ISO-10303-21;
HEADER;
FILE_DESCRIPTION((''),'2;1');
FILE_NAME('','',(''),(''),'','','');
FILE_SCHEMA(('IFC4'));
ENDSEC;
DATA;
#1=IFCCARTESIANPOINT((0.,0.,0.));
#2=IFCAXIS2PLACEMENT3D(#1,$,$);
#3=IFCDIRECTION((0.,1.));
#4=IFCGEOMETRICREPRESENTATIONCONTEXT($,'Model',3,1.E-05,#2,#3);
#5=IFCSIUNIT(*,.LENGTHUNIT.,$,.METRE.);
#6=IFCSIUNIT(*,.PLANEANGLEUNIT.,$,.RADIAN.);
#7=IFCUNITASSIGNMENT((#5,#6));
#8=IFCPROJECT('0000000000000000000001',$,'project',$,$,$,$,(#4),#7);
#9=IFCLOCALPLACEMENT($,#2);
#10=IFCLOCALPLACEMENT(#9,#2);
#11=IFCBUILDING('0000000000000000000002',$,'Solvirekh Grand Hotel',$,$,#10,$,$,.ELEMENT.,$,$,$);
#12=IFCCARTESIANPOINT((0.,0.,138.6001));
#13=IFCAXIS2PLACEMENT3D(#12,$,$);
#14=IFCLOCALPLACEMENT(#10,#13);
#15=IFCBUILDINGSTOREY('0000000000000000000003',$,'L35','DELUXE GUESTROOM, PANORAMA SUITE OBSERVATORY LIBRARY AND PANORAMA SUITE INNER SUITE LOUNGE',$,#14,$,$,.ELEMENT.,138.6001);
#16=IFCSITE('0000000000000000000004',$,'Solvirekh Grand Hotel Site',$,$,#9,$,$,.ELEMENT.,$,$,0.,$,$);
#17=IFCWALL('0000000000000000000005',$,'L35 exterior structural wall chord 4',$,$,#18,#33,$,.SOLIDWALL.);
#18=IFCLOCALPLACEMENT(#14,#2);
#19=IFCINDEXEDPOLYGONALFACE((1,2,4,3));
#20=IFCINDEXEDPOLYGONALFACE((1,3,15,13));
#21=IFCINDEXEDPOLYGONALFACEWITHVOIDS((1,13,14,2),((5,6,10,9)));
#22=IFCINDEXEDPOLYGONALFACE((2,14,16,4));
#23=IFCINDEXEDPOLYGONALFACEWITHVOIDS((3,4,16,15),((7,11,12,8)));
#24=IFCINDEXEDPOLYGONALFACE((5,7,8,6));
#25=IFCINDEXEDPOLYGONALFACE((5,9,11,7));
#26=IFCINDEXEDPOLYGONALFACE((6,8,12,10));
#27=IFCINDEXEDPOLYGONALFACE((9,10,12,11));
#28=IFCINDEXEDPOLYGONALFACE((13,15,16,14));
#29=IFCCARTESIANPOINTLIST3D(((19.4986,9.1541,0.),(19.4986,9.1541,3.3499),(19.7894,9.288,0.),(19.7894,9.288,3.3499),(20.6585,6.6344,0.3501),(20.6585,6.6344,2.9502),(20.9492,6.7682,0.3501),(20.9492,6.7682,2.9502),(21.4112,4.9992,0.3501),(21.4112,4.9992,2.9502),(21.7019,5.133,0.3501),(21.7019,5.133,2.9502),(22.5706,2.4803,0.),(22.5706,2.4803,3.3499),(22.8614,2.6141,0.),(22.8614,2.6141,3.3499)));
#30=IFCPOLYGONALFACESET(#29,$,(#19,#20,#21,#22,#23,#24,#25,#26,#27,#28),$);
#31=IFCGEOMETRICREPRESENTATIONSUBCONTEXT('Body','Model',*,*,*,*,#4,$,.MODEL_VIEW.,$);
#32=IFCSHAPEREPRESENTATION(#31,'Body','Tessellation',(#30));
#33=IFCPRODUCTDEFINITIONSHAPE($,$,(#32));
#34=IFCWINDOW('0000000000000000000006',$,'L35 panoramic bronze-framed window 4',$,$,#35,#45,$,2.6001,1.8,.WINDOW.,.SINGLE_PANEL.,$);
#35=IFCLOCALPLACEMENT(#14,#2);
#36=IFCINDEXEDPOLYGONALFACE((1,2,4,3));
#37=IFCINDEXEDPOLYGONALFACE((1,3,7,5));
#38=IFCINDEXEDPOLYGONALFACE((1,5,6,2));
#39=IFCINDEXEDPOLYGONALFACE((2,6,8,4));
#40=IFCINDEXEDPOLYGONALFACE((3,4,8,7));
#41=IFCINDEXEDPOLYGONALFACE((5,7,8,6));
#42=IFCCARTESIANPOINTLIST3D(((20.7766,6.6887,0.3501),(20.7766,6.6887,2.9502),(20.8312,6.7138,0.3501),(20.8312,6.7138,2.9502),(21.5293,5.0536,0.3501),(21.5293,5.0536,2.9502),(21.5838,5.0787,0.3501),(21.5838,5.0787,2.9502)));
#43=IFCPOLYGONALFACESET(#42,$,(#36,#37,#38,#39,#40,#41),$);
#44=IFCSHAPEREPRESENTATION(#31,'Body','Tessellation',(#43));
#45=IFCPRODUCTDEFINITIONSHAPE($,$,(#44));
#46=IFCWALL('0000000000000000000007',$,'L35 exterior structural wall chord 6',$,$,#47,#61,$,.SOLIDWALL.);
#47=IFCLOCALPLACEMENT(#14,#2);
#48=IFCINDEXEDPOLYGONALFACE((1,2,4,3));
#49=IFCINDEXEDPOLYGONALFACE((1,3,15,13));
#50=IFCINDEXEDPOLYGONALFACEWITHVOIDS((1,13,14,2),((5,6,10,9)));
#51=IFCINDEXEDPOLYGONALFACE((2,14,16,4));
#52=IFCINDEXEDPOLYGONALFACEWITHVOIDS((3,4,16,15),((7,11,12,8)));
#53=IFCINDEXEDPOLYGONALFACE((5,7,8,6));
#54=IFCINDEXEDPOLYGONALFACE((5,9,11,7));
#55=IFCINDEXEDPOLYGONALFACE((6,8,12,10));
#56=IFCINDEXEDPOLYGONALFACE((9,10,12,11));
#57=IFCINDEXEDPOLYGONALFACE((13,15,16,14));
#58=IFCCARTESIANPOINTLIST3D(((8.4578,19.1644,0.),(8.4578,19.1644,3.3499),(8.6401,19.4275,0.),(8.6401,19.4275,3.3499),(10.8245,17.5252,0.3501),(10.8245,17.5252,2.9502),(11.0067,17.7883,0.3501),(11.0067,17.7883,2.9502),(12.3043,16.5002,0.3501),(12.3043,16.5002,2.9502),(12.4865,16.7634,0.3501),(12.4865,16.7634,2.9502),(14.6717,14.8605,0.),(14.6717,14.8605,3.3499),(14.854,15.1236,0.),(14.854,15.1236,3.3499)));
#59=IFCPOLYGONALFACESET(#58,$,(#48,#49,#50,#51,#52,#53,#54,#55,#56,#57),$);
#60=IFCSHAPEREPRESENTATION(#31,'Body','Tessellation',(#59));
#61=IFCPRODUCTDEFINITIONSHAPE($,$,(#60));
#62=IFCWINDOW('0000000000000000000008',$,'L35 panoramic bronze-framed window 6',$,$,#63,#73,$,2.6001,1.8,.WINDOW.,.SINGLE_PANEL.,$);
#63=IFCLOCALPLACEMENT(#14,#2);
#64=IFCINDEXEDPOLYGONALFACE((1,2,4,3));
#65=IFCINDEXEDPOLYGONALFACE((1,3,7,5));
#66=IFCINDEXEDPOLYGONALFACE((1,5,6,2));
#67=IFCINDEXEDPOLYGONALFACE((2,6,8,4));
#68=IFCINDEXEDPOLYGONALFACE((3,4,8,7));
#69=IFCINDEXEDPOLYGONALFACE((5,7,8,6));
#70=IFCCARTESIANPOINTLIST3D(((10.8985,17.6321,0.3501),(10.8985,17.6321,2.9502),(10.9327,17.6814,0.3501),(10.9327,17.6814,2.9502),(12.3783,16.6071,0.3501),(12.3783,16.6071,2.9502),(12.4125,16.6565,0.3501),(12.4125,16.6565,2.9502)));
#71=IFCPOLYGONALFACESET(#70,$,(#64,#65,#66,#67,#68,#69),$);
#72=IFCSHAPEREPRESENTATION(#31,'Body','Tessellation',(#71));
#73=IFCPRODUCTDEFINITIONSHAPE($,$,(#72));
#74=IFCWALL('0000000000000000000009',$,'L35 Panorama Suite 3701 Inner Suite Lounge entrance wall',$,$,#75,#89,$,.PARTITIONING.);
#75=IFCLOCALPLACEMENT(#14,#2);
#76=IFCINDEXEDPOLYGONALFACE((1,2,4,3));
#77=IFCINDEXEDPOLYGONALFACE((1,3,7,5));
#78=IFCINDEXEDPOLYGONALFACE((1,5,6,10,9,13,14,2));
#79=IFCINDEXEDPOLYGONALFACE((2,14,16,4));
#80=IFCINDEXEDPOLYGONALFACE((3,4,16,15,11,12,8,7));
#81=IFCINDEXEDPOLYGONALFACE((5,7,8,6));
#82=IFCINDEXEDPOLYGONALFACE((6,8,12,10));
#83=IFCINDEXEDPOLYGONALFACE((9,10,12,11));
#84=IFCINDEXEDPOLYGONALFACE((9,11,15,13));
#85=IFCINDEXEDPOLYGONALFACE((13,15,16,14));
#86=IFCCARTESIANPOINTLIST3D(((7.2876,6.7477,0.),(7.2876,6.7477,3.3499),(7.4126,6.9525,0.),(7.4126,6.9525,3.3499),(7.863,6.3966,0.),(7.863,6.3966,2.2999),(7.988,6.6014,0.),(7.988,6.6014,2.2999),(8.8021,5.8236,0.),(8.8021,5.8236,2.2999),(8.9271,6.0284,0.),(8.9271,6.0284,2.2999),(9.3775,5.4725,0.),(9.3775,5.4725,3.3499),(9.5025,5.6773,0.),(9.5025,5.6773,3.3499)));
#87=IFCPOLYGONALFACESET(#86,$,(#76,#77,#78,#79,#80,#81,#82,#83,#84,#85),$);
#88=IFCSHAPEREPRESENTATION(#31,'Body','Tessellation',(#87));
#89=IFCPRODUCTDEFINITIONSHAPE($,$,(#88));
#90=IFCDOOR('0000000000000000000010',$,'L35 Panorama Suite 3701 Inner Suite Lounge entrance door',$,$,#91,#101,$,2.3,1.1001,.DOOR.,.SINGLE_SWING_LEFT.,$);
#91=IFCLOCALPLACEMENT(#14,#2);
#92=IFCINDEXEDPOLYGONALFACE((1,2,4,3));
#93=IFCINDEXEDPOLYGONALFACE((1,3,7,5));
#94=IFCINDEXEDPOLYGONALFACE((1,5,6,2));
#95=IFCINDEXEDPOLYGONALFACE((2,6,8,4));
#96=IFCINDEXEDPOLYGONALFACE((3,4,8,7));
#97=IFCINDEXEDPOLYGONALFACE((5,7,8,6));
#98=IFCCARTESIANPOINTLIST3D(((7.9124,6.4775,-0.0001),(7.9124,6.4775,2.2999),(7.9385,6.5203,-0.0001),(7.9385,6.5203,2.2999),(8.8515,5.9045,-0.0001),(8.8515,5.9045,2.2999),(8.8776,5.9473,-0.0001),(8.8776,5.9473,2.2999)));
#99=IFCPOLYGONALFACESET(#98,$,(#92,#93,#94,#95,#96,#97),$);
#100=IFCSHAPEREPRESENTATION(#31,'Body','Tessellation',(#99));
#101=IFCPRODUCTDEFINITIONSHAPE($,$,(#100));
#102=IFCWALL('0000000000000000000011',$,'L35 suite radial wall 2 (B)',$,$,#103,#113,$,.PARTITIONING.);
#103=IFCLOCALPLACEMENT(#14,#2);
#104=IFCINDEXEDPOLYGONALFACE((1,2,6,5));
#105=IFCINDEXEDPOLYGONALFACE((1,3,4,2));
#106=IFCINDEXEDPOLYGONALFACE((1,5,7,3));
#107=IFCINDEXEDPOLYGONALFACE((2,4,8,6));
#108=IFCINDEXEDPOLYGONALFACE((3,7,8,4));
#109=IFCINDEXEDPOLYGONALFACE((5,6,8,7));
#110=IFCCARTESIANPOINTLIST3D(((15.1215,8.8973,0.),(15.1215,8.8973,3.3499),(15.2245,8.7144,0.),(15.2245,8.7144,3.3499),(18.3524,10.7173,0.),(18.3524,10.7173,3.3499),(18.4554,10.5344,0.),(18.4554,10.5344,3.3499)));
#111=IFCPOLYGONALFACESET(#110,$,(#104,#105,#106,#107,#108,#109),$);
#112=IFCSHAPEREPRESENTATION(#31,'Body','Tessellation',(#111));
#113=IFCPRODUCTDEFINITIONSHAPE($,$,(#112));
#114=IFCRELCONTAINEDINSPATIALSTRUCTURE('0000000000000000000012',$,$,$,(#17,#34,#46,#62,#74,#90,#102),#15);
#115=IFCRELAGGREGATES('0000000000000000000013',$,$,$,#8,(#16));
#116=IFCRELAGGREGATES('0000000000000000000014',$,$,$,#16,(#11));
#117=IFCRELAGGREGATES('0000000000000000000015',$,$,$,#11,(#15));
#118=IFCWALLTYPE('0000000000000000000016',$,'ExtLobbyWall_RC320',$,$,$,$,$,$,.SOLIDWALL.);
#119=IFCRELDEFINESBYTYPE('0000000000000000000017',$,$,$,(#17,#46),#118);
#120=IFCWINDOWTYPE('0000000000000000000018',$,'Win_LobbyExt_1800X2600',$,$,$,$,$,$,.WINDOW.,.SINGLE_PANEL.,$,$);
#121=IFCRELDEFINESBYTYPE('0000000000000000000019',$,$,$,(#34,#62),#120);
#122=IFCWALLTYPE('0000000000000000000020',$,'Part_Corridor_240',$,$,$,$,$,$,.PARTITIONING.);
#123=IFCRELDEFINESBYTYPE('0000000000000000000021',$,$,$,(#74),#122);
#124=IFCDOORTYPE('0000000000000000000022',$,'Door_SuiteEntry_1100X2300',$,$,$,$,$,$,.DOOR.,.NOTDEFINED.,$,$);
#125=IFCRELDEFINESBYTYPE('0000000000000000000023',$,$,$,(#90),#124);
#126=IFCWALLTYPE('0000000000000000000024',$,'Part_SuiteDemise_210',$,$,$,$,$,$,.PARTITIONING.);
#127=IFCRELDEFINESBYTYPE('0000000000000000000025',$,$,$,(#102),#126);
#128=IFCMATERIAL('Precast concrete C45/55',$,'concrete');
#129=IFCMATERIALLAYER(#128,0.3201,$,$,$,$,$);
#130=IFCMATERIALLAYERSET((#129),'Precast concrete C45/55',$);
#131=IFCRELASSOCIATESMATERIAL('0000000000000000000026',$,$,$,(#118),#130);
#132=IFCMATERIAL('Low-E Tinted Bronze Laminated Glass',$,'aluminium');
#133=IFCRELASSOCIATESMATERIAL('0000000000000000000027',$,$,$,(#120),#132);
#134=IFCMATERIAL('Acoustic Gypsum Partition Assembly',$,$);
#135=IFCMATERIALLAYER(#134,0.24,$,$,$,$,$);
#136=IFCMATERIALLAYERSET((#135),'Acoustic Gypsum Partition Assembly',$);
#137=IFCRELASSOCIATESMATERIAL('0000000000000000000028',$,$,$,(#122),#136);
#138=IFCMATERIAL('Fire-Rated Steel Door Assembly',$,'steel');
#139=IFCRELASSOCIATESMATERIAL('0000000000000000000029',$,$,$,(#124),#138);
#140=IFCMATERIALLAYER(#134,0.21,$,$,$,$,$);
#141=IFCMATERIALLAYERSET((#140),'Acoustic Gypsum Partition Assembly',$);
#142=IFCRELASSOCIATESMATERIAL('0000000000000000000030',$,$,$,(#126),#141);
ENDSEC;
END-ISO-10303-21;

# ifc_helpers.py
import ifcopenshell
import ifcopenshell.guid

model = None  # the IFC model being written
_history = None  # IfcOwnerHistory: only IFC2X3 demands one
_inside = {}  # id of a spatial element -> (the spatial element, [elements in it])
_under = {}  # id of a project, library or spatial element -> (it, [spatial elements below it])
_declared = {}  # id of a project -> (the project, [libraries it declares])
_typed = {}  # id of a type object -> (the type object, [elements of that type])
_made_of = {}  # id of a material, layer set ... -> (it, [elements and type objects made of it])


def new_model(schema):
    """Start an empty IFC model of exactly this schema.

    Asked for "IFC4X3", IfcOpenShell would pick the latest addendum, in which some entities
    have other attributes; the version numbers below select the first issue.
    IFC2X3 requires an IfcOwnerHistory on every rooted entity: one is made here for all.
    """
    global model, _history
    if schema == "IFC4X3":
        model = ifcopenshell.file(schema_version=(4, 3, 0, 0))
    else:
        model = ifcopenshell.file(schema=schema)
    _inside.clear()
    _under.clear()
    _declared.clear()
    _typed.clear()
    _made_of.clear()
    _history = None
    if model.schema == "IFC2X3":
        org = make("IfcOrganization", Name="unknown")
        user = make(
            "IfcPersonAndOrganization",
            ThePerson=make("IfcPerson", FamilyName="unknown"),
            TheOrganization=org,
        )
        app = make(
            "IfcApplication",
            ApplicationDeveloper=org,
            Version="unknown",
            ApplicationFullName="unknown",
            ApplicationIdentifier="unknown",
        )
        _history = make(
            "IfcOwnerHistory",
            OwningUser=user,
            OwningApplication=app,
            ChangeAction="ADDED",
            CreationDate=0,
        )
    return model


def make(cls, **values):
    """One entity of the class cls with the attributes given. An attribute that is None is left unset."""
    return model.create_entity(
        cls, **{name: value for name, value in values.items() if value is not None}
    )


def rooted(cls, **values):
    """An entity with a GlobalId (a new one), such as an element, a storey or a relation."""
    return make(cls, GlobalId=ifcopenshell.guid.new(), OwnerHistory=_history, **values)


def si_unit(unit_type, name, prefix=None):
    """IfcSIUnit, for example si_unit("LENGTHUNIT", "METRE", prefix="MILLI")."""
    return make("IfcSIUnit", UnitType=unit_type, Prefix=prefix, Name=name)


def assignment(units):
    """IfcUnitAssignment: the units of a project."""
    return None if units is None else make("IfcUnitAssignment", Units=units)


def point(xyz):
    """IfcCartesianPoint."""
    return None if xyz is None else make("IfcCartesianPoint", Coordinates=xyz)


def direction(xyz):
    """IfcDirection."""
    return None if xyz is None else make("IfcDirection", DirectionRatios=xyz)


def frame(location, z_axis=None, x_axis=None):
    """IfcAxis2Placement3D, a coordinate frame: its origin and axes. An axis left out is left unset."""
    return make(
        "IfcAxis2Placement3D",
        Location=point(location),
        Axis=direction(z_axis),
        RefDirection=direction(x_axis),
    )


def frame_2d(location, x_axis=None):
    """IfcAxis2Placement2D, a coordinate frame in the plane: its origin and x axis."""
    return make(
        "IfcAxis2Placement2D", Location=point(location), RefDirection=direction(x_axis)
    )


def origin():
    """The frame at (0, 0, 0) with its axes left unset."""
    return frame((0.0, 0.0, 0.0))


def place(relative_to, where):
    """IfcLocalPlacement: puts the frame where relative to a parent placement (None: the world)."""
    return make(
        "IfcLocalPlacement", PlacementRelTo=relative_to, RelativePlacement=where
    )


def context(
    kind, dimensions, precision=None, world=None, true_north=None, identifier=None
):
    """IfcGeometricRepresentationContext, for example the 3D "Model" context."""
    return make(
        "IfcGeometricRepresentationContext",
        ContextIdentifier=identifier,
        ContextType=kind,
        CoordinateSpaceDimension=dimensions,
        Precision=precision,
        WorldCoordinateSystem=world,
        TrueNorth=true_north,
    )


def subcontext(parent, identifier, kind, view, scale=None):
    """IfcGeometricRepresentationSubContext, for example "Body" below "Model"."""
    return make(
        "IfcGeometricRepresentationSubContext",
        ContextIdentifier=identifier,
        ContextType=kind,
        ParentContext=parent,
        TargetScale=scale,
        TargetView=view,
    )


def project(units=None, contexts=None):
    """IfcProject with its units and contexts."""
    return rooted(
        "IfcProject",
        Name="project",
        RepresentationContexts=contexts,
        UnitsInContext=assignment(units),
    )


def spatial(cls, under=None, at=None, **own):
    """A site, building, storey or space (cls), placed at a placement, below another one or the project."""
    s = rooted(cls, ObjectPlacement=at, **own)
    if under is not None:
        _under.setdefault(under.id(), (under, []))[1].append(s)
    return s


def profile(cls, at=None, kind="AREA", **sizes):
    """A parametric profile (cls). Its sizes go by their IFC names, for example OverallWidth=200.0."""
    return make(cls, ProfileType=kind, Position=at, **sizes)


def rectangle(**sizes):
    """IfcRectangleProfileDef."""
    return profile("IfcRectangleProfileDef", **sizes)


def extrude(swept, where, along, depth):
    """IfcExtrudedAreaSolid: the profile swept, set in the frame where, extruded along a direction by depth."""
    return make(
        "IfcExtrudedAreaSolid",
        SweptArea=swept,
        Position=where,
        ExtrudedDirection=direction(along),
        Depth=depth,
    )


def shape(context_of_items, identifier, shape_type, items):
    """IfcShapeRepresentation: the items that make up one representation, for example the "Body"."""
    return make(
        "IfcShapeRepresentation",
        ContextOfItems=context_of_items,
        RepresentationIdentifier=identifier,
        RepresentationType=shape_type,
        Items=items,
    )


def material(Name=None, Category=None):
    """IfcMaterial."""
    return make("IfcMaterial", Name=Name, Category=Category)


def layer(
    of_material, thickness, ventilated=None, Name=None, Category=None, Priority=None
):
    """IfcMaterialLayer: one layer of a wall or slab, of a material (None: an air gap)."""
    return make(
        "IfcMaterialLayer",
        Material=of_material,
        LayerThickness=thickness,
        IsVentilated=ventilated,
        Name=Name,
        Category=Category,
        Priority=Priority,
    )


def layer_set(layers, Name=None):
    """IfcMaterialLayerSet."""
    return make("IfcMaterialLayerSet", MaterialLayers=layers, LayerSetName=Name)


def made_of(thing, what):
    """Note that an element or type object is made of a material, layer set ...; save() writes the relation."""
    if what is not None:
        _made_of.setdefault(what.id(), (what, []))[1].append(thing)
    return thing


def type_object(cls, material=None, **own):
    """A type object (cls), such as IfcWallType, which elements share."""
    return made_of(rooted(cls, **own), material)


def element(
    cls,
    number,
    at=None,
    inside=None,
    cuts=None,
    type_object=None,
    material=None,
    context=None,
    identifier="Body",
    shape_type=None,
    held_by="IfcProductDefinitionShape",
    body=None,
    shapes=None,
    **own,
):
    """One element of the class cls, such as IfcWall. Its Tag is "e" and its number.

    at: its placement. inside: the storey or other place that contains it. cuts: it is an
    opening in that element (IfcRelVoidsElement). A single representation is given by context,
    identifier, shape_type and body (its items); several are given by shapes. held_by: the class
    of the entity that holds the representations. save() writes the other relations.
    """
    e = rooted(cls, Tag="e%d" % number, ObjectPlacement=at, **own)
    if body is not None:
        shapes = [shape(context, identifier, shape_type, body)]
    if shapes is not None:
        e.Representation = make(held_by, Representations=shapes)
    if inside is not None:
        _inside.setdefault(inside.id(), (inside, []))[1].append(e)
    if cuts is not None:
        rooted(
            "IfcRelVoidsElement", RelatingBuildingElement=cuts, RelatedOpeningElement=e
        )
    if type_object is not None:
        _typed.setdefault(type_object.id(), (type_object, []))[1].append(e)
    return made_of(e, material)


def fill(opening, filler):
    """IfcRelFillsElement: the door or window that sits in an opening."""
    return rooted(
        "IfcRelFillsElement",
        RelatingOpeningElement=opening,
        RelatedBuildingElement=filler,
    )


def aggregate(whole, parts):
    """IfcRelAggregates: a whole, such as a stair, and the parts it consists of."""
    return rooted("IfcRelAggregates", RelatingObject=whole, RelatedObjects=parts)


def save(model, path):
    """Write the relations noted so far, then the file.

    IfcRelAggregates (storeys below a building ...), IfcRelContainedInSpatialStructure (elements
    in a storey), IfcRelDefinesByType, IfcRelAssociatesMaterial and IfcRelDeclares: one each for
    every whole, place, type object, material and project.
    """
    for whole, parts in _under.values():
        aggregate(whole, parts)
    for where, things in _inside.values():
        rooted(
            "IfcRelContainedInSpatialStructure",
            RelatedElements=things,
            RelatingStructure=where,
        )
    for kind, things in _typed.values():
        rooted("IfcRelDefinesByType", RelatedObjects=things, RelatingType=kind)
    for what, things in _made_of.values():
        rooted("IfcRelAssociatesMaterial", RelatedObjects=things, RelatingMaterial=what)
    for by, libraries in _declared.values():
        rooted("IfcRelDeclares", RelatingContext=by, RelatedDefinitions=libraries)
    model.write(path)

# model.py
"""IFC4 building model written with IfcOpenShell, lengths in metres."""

from ifc_helpers import new_model, si_unit, direction, frame, frame_2d, origin, place, context, subcontext, project, spatial, rectangle, extrude, material, layer, layer_set, type_object, element, fill, save


model = new_model("IFC4")

# Units and contexts
model_context = context("Model", 3, precision=1e-05, world=origin(), true_north=direction((0.0, 1.0)))
body_context = subcontext(model_context, "Body", "Model", "MODEL_VIEW")
ifc_project = project(units=[si_unit("LENGTHUNIT", "METRE"), si_unit("PLANEANGLEUNIT", "RADIAN")], contexts=[model_context])

# Site, building, storey
site_placement = place(None, origin())
site = spatial("IfcSite", under=ifc_project, at=site_placement, Name="Solvirekh Grand Hotel Site", CompositionType="ELEMENT", RefElevation=0.0)
building_placement = place(site_placement, origin())
building = spatial("IfcBuilding", under=site, at=building_placement, Name="Solvirekh Grand Hotel", CompositionType="ELEMENT")
storey_placement = place(building_placement, frame((0.0, 0.0, 138.6001)))
storey = spatial("IfcBuildingStorey", under=building, at=storey_placement, Name="L35", Description="DELUXE GUESTROOM, PANORAMA SUITE OBSERVATORY LIBRARY AND PANORAMA SUITE INNER SUITE LOUNGE", CompositionType="ELEMENT", Elevation=138.6001)

# Shared definitions
ifc_material_1 = material(Name="Low-E Tinted Bronze Laminated Glass", Category="aluminium")

# Walls, openings, windows
ifc_material_2 = material(Name="Precast concrete C45/55", Category="concrete")
ifc_layer_1 = layer(ifc_material_2, 0.3201)
ifc_layer_set_1 = layer_set([ifc_layer_1], Name="Precast concrete C45/55")
wall_type_1 = type_object("IfcWallType", Name="ExtLobbyWall_RC320", PredefinedType="SOLIDWALL", material=ifc_layer_set_1)
wall_1_placement = place(storey_placement, frame((19.644, 9.2209, 0.0), z_axis=(0.0, 0.0, 1.0), x_axis=(0.418137, -0.908384, 0.0)))
wall_1 = element("IfcWall", 1, at=wall_1_placement, inside=storey, type_object=wall_type_1, Name="L35 exterior structural wall chord 4", PredefinedType="SOLIDWALL", context=body_context, shape_type="SweptSolid", body=[
    extrude(rectangle(XDim=7.3469, YDim=0.3201, at=frame_2d((3.6733, 0.0))), origin(), (0.0, 0.0, 1.0), 3.3499),
])
opening_1_placement = place(wall_1_placement, frame((2.7739, 0.0, 0.3501)))
opening_1 = element("IfcOpeningElement", 2, at=opening_1_placement, cuts=wall_1, PredefinedType="OPENING", context=body_context, shape_type="SweptSolid", body=[
    extrude(rectangle(XDim=1.8, YDim=2.6001, at=frame_2d((0.8999, 1.3))), frame((0.0, 0.1699, 0.0), z_axis=(0.0, -1.0, 0.0), x_axis=(1.0, 0.0, 0.0)), (0.0, 0.0, 1.0), 0.3401),
])
window_type = type_object("IfcWindowType", Name="Win_LobbyExt_1800X2600", PartitioningType="SINGLE_PANEL", PredefinedType="WINDOW", material=ifc_material_1)
window_1_placement = place(opening_1_placement, origin())
window_1 = element("IfcWindow", 3, at=window_1_placement, inside=storey, type_object=window_type, Name="L35 panoramic bronze-framed window 4", OverallHeight=2.6001, OverallWidth=1.8, PartitioningType="SINGLE_PANEL", PredefinedType="WINDOW", context=body_context, shape_type="SweptSolid", body=[
    extrude(rectangle(XDim=1.8, YDim=2.6001, at=frame_2d((0.8999, 1.3))), frame((0.0, 0.03, 0.0), z_axis=(0.0, -1.0, 0.0), x_axis=(1.0, 0.0, 0.0)), (0.0, 0.0, 1.0), 0.0601),
])
fill(opening_1, window_1)
wall_2_placement = place(storey_placement, frame((8.5491, 19.2959, 0.0), z_axis=(0.0, 0.0, 1.0), x_axis=(0.822065, -0.569393, 0.0)))
wall_2 = element("IfcWall", 4, at=wall_2_placement, inside=storey, type_object=wall_type_1, Name="L35 exterior structural wall chord 6", PredefinedType="SOLIDWALL", context=body_context, shape_type="SweptSolid", body=[
    extrude(rectangle(XDim=7.5588, YDim=0.3201, at=frame_2d((3.7793, 0.0))), origin(), (0.0, 0.0, 1.0), 3.3499),
])
opening_2_placement = place(wall_2_placement, frame((2.8789, 0.0, 0.3501)))
opening_2 = element("IfcOpeningElement", 5, at=opening_2_placement, cuts=wall_2, PredefinedType="OPENING", context=body_context, shape_type="SweptSolid", body=[
    extrude(rectangle(XDim=1.8, YDim=2.6001, at=frame_2d((0.8999, 1.3))), frame((0.0, 0.1699, 0.0), z_axis=(0.0, -1.0, 0.0), x_axis=(1.0, 0.0, 0.0)), (0.0, 0.0, 1.0), 0.3401),
])
window_2_placement = place(opening_2_placement, origin())
window_2 = element("IfcWindow", 6, at=window_2_placement, inside=storey, type_object=window_type, Name="L35 panoramic bronze-framed window 6", OverallHeight=2.6001, OverallWidth=1.8, PartitioningType="SINGLE_PANEL", PredefinedType="WINDOW", context=body_context, shape_type="SweptSolid", body=[
    extrude(rectangle(XDim=1.8, YDim=2.6001, at=frame_2d((0.8999, 1.3))), frame((0.0, 0.03, 0.0), z_axis=(0.0, -1.0, 0.0), x_axis=(1.0, 0.0, 0.0)), (0.0, 0.0, 1.0), 0.0601),
])
fill(opening_2, window_2)

# Wall, opening, door
ifc_material_3 = material(Name="Acoustic Gypsum Partition Assembly")
ifc_layer_2 = layer(ifc_material_3, 0.24)
ifc_layer_set_2 = layer_set([ifc_layer_2], Name="Acoustic Gypsum Partition Assembly")
wall_type_2 = type_object("IfcWallType", Name="Part_Corridor_240", PredefinedType="PARTITIONING", material=ifc_layer_set_2)
wall_3_placement = place(storey_placement, frame((7.3501, 6.8501, 0.0), z_axis=(0.0, 0.0, 1.0), x_axis=(0.853642, -0.520861, 0.0)))
wall_3 = element("IfcWall", 7, at=wall_3_placement, inside=storey, type_object=wall_type_2, Name="L35 Panorama Suite 3701 Inner Suite Lounge entrance wall", PredefinedType="PARTITIONING", context=body_context, shape_type="SweptSolid", body=[
    extrude(rectangle(XDim=2.4482, YDim=0.24, at=frame_2d((1.2241, 0.0))), origin(), (0.0, 0.0, 1.0), 3.3499),
])
opening_3_placement = place(wall_3_placement, frame((0.6741, 0.0, 0.0)))
opening_3 = element("IfcOpeningElement", 8, at=opening_3_placement, cuts=wall_3, PredefinedType="OPENING", context=body_context, shape_type="SweptSolid", body=[
    extrude(rectangle(XDim=1.1001, YDim=2.3, at=frame_2d((0.55, 1.1499))), frame((0.0, 0.1299, 0.0), z_axis=(0.0, -1.0, 0.0), x_axis=(1.0, 0.0, 0.0)), (0.0, 0.0, 1.0), 0.26),
])
ifc_material_4 = material(Name="Fire-Rated Steel Door Assembly", Category="steel")
door_type = type_object("IfcDoorType", Name="Door_SuiteEntry_1100X2300", OperationType="NOTDEFINED", PredefinedType="DOOR", material=ifc_material_4)
door_placement = place(opening_3_placement, origin())
door = element("IfcDoor", 9, at=door_placement, inside=storey, type_object=door_type, Name="L35 Panorama Suite 3701 Inner Suite Lounge entrance door", OperationType="SINGLE_SWING_LEFT", OverallHeight=2.3, OverallWidth=1.1001, PredefinedType="DOOR", context=body_context, shape_type="SweptSolid", body=[
    extrude(rectangle(XDim=1.1001, YDim=2.3, at=frame_2d((0.55, 1.1499))), frame((0.0, 0.0249, 0.0), z_axis=(0.0, -1.0, 0.0), x_axis=(1.0, 0.0, 0.0)), (0.0, 0.0, 1.0), 0.05),
])
fill(opening_3, door)

# Wall
ifc_layer_3 = layer(ifc_material_3, 0.21)
ifc_layer_set_3 = layer_set([ifc_layer_3], Name="Acoustic Gypsum Partition Assembly")
wall_type_3 = type_object("IfcWallType", Name="Part_SuiteDemise_210", PredefinedType="PARTITIONING", material=ifc_layer_set_3)
wall_4_placement = place(storey_placement, frame((15.1731, 8.8059, 0.0), z_axis=(0.0, 0.0, 1.0), x_axis=(0.871269, 0.490805, 0.0)))
element("IfcWall", 10, at=wall_4_placement, inside=storey, type_object=wall_type_3, Name="L35 suite radial wall 2 (B)", PredefinedType="PARTITIONING", context=body_context, shape_type="SweptSolid", body=[
    extrude(rectangle(XDim=3.7083, YDim=0.21, at=frame_2d((1.854, 0.0))), origin(), (0.0, 0.0, 1.0), 3.3499),
])

save(model, "model.ifc")
